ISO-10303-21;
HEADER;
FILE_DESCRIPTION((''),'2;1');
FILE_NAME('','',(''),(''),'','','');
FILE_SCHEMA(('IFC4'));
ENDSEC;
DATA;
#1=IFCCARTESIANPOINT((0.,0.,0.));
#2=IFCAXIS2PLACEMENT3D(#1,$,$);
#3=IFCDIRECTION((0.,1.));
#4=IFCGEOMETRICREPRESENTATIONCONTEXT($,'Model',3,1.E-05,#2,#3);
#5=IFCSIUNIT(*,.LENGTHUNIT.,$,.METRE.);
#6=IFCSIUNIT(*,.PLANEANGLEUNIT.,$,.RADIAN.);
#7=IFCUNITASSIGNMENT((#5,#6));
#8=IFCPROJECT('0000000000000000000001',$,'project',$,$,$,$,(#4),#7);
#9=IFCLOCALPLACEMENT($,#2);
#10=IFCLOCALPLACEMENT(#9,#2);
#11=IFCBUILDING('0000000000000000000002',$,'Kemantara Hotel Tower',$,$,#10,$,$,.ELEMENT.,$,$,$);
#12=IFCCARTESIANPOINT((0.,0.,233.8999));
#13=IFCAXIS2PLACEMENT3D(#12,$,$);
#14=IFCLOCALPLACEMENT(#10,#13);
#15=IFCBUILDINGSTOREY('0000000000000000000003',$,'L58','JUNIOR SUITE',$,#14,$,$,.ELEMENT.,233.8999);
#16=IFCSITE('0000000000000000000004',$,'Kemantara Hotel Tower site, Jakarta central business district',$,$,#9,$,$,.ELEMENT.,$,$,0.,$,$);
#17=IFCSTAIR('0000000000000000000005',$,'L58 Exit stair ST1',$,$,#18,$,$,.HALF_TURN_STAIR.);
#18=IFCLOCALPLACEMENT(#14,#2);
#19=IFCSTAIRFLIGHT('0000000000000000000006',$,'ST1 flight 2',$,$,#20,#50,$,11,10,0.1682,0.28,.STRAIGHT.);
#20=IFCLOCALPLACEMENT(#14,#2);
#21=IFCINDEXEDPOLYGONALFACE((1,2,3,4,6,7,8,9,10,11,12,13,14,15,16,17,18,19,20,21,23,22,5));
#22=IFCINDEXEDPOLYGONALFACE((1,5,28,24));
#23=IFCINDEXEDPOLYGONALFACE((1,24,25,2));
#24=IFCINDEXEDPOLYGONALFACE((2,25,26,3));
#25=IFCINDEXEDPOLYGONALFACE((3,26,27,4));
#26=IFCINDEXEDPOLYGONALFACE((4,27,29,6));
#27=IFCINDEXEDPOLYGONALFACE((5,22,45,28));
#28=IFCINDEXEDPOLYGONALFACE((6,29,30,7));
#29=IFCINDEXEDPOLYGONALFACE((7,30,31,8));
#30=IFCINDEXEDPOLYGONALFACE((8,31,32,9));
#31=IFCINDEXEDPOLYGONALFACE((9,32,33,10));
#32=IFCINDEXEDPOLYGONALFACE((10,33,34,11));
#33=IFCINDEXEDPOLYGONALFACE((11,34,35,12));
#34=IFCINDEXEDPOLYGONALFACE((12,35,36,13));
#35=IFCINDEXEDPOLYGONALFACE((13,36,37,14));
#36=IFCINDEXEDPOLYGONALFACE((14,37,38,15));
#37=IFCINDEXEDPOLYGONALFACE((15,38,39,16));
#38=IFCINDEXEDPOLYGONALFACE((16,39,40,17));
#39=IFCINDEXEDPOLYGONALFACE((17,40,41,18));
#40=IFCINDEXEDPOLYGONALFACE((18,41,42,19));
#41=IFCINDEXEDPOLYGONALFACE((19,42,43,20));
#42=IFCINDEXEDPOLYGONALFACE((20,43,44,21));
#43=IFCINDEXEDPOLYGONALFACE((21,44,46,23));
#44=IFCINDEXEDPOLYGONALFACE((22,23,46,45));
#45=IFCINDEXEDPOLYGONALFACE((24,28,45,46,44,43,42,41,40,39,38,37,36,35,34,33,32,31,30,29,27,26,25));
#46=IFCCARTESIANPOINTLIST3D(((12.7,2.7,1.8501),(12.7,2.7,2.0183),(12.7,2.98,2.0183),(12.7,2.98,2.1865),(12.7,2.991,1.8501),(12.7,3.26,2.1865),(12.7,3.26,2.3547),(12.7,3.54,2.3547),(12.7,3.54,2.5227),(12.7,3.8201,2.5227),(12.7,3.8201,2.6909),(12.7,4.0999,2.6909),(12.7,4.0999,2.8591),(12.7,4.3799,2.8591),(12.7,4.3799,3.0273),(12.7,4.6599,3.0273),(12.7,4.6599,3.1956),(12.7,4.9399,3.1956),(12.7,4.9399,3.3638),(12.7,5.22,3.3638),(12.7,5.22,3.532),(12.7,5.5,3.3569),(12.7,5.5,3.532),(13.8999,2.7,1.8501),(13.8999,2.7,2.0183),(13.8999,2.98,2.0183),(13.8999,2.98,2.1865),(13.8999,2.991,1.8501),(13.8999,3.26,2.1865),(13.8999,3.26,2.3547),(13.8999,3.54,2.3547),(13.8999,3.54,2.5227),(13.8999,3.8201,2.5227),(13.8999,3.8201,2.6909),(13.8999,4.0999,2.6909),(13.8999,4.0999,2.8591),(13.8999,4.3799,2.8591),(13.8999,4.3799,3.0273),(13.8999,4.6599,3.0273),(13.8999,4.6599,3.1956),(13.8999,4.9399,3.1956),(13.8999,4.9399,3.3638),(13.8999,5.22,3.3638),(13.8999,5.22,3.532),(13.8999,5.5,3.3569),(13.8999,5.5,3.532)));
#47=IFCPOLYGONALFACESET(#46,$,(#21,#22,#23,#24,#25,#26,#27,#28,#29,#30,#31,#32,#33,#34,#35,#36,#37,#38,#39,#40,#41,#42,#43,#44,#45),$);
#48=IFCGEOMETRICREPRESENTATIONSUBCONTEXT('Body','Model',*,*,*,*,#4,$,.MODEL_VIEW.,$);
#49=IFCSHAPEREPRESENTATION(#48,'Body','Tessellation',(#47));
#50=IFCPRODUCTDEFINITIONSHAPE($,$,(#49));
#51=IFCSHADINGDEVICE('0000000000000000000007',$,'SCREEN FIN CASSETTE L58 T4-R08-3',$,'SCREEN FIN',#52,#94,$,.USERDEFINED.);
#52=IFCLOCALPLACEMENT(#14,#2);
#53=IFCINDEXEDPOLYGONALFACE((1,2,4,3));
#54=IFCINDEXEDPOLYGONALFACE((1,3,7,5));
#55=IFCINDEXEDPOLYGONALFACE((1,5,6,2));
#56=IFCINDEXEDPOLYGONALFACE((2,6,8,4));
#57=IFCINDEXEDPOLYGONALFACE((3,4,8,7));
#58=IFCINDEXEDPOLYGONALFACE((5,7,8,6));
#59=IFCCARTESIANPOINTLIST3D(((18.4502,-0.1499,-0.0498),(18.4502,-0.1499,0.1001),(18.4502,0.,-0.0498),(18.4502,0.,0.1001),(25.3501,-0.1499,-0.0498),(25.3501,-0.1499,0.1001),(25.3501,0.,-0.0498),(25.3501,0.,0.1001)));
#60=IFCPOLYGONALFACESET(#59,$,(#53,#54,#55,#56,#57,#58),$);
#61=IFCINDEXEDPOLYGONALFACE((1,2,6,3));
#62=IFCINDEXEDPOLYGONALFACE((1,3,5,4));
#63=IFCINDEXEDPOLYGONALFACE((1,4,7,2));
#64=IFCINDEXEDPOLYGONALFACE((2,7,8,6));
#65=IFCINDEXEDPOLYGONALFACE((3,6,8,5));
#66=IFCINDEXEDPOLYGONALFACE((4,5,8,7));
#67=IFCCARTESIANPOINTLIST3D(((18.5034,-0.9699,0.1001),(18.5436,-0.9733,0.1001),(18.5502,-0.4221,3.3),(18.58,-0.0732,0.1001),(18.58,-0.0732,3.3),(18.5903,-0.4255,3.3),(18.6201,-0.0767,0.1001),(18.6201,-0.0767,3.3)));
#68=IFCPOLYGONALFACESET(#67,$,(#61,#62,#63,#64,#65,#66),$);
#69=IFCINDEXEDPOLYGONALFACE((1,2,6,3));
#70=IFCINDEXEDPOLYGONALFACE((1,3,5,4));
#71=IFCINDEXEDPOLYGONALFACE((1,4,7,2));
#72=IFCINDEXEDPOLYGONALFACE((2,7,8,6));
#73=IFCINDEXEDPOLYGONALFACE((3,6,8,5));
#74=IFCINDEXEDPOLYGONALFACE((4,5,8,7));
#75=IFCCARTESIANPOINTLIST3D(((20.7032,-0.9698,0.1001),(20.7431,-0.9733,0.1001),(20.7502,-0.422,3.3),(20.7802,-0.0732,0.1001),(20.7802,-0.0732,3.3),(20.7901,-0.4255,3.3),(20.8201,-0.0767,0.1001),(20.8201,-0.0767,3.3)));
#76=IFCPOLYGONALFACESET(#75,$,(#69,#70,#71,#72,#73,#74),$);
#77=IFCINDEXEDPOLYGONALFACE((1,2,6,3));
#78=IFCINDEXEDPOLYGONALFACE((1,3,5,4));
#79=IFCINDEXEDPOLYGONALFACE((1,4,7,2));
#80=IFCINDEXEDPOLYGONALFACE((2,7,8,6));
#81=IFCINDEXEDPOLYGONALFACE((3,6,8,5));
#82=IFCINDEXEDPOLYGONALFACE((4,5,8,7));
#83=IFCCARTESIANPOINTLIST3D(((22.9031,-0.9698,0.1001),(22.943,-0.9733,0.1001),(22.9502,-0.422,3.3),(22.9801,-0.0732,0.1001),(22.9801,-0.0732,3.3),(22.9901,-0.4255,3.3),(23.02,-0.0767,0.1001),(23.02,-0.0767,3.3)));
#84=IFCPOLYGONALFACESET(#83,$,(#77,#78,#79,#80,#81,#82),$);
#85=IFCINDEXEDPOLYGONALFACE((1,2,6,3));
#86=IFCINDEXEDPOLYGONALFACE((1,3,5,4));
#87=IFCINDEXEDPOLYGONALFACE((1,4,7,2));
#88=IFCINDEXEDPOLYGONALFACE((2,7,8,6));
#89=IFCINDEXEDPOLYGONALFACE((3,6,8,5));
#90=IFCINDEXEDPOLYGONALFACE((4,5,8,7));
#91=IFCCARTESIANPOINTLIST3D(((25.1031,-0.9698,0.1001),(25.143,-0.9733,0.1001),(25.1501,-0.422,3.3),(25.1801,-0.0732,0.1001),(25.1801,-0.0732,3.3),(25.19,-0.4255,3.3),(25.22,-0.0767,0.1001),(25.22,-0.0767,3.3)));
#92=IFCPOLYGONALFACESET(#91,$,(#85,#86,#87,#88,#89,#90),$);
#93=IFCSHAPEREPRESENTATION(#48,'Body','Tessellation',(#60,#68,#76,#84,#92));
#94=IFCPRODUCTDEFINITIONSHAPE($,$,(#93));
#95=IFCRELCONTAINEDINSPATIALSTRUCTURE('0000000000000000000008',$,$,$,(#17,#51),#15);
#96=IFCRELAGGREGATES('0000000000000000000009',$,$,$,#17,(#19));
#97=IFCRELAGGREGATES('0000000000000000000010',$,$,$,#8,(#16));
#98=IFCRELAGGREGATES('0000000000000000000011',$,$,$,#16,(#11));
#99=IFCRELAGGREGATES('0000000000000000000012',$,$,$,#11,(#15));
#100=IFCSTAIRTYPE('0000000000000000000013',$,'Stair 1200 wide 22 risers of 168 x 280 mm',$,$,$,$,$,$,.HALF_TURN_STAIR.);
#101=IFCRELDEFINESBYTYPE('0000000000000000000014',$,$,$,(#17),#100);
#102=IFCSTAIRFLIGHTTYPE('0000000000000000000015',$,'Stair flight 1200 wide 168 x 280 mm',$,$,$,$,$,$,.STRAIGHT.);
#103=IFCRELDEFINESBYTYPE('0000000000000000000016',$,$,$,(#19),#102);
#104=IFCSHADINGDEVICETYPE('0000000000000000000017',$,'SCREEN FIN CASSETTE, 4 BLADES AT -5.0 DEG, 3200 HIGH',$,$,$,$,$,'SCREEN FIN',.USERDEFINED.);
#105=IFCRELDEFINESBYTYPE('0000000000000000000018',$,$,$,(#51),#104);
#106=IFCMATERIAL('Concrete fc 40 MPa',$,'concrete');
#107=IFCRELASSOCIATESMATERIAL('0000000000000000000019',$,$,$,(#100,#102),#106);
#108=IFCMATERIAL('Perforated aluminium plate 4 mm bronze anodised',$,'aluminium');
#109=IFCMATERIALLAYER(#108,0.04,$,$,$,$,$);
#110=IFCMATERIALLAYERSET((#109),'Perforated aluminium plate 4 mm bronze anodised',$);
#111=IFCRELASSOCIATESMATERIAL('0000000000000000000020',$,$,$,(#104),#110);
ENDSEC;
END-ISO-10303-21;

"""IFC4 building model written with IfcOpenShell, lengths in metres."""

from ifc_helpers import new_model, si_unit, direction, frame, origin, origin_2d, place, context, subcontext, project, spatial, polyline, rectangle, outline, extrude, source, transform, mapped, material, layer, layer_set, type_object, element, aggregate, save


model = new_model("IFC4")

# Units and contexts
model_context = context("Model", 3, precision=1e-05, world=origin(), true_north=direction((0.0, 1.0)))
body_context = subcontext(model_context, "Body", "Model", "MODEL_VIEW")
ifc_project = project(units=[si_unit("LENGTHUNIT", "METRE"), si_unit("PLANEANGLEUNIT", "RADIAN")], contexts=[model_context])

# Site, building, storey
site_placement = place(None, origin())
site = spatial("IfcSite", under=ifc_project, at=site_placement, Name="Kemantara Hotel Tower site, Jakarta central business district", CompositionType="ELEMENT", RefElevation=0.0)
building_placement = place(site_placement, origin())
building = spatial("IfcBuilding", under=site, at=building_placement, Name="Kemantara Hotel Tower", CompositionType="ELEMENT")
storey_placement = place(building_placement, frame((0.0, 0.0, 233.8999)))
storey = spatial("IfcBuildingStorey", under=building, at=storey_placement, Name="L58", Description="JUNIOR SUITE", CompositionType="ELEMENT", Elevation=233.8999)

# Stair, stair flight
ifc_material_1 = material(Name="Concrete fc 40 MPa", Category="concrete")
stair_type = type_object("IfcStairType", Name="Stair 1200 wide 22 risers of 168 x 280 mm", PredefinedType="HALF_TURN_STAIR", material=ifc_material_1)
stair_placement = place(storey_placement, origin())
stair = element("IfcStair", 1, at=stair_placement, inside=storey, type_object=stair_type, Name="L58 Exit stair ST1", PredefinedType="HALF_TURN_STAIR")
stair_flight_type = type_object("IfcStairFlightType", Name="Stair flight 1200 wide 168 x 280 mm", PredefinedType="STRAIGHT", material=ifc_material_1)
stair_flight_placement = place(storey_placement, frame((13.3, 2.7, 1.8501), z_axis=(0.0, 0.0, 1.0), x_axis=(0.0, 1.0, 0.0)))
stair_flight = element("IfcStairFlight", 2, at=stair_flight_placement, type_object=stair_flight_type, Name="ST1 flight 2", NumberOfRisers=11, NumberOfTreads=10, PredefinedType="STRAIGHT", RiserHeight=0.1682, TreadLength=0.28, context=body_context, shape_type="SweptSolid", body=[
    extrude(outline(polyline([(0.0, 0.0), (0.0, 0.1682), (0.28, 0.1682), (0.28, 0.3364), (0.5601, 0.3364), (0.5601, 0.5046), (0.8401, 0.5046), (0.8401, 0.6726), (1.1201, 0.6726), (1.1201, 0.8408), (1.3999, 0.8408), (1.3999, 1.009), (1.6799, 1.009), (1.6799, 1.1772), (1.96, 1.1772), (1.96, 1.3455), (2.24, 1.3455), (2.24, 1.5137), (2.52, 1.5137), (2.52, 1.6819), (2.8, 1.6819), (2.8, 1.8501), (2.8, 1.5068), (0.291, 0.0), (0.0, 0.0)])), frame((0.0, 0.6001, 0.0), z_axis=(0.0, -1.0, 0.0), x_axis=(1.0, 0.0, 0.0)), (0.0, 0.0, 1.0), 1.2),
])
aggregate(stair, [stair_flight])

# Shading device
ifc_material_2 = material(Name="Perforated aluminium plate 4 mm bronze anodised", Category="aluminium")
ifc_layer_1 = layer(ifc_material_2, 0.04)
ifc_layer_set_1 = layer_set([ifc_layer_1], Name="Perforated aluminium plate 4 mm bronze anodised")
shading_device_type = type_object("IfcShadingDeviceType", Name="SCREEN FIN CASSETTE, 4 BLADES AT -5.0 DEG, 3200 HIGH", ElementType="SCREEN FIN", PredefinedType="USERDEFINED", material=ifc_layer_set_1)
shared_shape = source(origin(), body_context, "Body", "SweptSolid", [
    extrude(rectangle(XDim=6.8999, YDim=0.1499, at=origin_2d()), frame((3.3, -0.075, -0.1499), z_axis=(0.0, 0.0, 1.0), x_axis=(1.0, 0.0, 0.0)), (0.0, 0.0, 1.0), 0.1499),
    extrude(outline(polyline([(0.0, 0.0), (0.8999, 0.0), (0.3501, 3.2), (0.0, 3.2), (0.0, 0.0)])), frame((0.02, -0.0767, 0.0), z_axis=(-0.996376, 0.085056, 0.0), x_axis=(-0.085056, -0.996376, 0.0)), (0.0, 0.0, 1.0), 0.0403),
    extrude(outline(polyline([(0.0, 0.0), (0.8999, 0.0), (0.3501, 3.2), (0.0, 3.2), (0.0, 0.0)])), frame((2.22, -0.0767, 0.0), z_axis=(-0.996332, 0.085575, 0.0), x_axis=(-0.085575, -0.996332, 0.0)), (0.0, 0.0, 1.0), 0.04),
    extrude(outline(polyline([(0.0, 0.0), (0.8999, 0.0), (0.3501, 3.2), (0.0, 3.2), (0.0, 0.0)])), frame((4.4199, -0.0767, 0.0), z_axis=(-0.996332, 0.085575, 0.0), x_axis=(-0.085575, -0.996332, 0.0)), (0.0, 0.0, 1.0), 0.04),
    extrude(outline(polyline([(0.0, 0.0), (0.8999, 0.0), (0.3501, 3.2), (0.0, 3.2), (0.0, 0.0)])), frame((6.6199, -0.0767, 0.0), z_axis=(-0.996332, 0.085575, 0.0), x_axis=(-0.085575, -0.996332, 0.0)), (0.0, 0.0, 1.0), 0.04),
])
shading_device_placement = place(storey_placement, frame((18.6001, 0.0, 0.1001), z_axis=(0.0, 0.0, 1.0), x_axis=(1.0, 0.0, 0.0)))
element("IfcShadingDevice", 3, at=shading_device_placement, inside=storey, type_object=shading_device_type, Name="SCREEN FIN CASSETTE L58 T4-R08-3", ObjectType="SCREEN FIN", PredefinedType="USERDEFINED", context=body_context, shape_type="MappedRepresentation", body=[
    mapped(shared_shape, transform((0.0, 0.0, 0.0))),
])

save(model, "model.ifc")
